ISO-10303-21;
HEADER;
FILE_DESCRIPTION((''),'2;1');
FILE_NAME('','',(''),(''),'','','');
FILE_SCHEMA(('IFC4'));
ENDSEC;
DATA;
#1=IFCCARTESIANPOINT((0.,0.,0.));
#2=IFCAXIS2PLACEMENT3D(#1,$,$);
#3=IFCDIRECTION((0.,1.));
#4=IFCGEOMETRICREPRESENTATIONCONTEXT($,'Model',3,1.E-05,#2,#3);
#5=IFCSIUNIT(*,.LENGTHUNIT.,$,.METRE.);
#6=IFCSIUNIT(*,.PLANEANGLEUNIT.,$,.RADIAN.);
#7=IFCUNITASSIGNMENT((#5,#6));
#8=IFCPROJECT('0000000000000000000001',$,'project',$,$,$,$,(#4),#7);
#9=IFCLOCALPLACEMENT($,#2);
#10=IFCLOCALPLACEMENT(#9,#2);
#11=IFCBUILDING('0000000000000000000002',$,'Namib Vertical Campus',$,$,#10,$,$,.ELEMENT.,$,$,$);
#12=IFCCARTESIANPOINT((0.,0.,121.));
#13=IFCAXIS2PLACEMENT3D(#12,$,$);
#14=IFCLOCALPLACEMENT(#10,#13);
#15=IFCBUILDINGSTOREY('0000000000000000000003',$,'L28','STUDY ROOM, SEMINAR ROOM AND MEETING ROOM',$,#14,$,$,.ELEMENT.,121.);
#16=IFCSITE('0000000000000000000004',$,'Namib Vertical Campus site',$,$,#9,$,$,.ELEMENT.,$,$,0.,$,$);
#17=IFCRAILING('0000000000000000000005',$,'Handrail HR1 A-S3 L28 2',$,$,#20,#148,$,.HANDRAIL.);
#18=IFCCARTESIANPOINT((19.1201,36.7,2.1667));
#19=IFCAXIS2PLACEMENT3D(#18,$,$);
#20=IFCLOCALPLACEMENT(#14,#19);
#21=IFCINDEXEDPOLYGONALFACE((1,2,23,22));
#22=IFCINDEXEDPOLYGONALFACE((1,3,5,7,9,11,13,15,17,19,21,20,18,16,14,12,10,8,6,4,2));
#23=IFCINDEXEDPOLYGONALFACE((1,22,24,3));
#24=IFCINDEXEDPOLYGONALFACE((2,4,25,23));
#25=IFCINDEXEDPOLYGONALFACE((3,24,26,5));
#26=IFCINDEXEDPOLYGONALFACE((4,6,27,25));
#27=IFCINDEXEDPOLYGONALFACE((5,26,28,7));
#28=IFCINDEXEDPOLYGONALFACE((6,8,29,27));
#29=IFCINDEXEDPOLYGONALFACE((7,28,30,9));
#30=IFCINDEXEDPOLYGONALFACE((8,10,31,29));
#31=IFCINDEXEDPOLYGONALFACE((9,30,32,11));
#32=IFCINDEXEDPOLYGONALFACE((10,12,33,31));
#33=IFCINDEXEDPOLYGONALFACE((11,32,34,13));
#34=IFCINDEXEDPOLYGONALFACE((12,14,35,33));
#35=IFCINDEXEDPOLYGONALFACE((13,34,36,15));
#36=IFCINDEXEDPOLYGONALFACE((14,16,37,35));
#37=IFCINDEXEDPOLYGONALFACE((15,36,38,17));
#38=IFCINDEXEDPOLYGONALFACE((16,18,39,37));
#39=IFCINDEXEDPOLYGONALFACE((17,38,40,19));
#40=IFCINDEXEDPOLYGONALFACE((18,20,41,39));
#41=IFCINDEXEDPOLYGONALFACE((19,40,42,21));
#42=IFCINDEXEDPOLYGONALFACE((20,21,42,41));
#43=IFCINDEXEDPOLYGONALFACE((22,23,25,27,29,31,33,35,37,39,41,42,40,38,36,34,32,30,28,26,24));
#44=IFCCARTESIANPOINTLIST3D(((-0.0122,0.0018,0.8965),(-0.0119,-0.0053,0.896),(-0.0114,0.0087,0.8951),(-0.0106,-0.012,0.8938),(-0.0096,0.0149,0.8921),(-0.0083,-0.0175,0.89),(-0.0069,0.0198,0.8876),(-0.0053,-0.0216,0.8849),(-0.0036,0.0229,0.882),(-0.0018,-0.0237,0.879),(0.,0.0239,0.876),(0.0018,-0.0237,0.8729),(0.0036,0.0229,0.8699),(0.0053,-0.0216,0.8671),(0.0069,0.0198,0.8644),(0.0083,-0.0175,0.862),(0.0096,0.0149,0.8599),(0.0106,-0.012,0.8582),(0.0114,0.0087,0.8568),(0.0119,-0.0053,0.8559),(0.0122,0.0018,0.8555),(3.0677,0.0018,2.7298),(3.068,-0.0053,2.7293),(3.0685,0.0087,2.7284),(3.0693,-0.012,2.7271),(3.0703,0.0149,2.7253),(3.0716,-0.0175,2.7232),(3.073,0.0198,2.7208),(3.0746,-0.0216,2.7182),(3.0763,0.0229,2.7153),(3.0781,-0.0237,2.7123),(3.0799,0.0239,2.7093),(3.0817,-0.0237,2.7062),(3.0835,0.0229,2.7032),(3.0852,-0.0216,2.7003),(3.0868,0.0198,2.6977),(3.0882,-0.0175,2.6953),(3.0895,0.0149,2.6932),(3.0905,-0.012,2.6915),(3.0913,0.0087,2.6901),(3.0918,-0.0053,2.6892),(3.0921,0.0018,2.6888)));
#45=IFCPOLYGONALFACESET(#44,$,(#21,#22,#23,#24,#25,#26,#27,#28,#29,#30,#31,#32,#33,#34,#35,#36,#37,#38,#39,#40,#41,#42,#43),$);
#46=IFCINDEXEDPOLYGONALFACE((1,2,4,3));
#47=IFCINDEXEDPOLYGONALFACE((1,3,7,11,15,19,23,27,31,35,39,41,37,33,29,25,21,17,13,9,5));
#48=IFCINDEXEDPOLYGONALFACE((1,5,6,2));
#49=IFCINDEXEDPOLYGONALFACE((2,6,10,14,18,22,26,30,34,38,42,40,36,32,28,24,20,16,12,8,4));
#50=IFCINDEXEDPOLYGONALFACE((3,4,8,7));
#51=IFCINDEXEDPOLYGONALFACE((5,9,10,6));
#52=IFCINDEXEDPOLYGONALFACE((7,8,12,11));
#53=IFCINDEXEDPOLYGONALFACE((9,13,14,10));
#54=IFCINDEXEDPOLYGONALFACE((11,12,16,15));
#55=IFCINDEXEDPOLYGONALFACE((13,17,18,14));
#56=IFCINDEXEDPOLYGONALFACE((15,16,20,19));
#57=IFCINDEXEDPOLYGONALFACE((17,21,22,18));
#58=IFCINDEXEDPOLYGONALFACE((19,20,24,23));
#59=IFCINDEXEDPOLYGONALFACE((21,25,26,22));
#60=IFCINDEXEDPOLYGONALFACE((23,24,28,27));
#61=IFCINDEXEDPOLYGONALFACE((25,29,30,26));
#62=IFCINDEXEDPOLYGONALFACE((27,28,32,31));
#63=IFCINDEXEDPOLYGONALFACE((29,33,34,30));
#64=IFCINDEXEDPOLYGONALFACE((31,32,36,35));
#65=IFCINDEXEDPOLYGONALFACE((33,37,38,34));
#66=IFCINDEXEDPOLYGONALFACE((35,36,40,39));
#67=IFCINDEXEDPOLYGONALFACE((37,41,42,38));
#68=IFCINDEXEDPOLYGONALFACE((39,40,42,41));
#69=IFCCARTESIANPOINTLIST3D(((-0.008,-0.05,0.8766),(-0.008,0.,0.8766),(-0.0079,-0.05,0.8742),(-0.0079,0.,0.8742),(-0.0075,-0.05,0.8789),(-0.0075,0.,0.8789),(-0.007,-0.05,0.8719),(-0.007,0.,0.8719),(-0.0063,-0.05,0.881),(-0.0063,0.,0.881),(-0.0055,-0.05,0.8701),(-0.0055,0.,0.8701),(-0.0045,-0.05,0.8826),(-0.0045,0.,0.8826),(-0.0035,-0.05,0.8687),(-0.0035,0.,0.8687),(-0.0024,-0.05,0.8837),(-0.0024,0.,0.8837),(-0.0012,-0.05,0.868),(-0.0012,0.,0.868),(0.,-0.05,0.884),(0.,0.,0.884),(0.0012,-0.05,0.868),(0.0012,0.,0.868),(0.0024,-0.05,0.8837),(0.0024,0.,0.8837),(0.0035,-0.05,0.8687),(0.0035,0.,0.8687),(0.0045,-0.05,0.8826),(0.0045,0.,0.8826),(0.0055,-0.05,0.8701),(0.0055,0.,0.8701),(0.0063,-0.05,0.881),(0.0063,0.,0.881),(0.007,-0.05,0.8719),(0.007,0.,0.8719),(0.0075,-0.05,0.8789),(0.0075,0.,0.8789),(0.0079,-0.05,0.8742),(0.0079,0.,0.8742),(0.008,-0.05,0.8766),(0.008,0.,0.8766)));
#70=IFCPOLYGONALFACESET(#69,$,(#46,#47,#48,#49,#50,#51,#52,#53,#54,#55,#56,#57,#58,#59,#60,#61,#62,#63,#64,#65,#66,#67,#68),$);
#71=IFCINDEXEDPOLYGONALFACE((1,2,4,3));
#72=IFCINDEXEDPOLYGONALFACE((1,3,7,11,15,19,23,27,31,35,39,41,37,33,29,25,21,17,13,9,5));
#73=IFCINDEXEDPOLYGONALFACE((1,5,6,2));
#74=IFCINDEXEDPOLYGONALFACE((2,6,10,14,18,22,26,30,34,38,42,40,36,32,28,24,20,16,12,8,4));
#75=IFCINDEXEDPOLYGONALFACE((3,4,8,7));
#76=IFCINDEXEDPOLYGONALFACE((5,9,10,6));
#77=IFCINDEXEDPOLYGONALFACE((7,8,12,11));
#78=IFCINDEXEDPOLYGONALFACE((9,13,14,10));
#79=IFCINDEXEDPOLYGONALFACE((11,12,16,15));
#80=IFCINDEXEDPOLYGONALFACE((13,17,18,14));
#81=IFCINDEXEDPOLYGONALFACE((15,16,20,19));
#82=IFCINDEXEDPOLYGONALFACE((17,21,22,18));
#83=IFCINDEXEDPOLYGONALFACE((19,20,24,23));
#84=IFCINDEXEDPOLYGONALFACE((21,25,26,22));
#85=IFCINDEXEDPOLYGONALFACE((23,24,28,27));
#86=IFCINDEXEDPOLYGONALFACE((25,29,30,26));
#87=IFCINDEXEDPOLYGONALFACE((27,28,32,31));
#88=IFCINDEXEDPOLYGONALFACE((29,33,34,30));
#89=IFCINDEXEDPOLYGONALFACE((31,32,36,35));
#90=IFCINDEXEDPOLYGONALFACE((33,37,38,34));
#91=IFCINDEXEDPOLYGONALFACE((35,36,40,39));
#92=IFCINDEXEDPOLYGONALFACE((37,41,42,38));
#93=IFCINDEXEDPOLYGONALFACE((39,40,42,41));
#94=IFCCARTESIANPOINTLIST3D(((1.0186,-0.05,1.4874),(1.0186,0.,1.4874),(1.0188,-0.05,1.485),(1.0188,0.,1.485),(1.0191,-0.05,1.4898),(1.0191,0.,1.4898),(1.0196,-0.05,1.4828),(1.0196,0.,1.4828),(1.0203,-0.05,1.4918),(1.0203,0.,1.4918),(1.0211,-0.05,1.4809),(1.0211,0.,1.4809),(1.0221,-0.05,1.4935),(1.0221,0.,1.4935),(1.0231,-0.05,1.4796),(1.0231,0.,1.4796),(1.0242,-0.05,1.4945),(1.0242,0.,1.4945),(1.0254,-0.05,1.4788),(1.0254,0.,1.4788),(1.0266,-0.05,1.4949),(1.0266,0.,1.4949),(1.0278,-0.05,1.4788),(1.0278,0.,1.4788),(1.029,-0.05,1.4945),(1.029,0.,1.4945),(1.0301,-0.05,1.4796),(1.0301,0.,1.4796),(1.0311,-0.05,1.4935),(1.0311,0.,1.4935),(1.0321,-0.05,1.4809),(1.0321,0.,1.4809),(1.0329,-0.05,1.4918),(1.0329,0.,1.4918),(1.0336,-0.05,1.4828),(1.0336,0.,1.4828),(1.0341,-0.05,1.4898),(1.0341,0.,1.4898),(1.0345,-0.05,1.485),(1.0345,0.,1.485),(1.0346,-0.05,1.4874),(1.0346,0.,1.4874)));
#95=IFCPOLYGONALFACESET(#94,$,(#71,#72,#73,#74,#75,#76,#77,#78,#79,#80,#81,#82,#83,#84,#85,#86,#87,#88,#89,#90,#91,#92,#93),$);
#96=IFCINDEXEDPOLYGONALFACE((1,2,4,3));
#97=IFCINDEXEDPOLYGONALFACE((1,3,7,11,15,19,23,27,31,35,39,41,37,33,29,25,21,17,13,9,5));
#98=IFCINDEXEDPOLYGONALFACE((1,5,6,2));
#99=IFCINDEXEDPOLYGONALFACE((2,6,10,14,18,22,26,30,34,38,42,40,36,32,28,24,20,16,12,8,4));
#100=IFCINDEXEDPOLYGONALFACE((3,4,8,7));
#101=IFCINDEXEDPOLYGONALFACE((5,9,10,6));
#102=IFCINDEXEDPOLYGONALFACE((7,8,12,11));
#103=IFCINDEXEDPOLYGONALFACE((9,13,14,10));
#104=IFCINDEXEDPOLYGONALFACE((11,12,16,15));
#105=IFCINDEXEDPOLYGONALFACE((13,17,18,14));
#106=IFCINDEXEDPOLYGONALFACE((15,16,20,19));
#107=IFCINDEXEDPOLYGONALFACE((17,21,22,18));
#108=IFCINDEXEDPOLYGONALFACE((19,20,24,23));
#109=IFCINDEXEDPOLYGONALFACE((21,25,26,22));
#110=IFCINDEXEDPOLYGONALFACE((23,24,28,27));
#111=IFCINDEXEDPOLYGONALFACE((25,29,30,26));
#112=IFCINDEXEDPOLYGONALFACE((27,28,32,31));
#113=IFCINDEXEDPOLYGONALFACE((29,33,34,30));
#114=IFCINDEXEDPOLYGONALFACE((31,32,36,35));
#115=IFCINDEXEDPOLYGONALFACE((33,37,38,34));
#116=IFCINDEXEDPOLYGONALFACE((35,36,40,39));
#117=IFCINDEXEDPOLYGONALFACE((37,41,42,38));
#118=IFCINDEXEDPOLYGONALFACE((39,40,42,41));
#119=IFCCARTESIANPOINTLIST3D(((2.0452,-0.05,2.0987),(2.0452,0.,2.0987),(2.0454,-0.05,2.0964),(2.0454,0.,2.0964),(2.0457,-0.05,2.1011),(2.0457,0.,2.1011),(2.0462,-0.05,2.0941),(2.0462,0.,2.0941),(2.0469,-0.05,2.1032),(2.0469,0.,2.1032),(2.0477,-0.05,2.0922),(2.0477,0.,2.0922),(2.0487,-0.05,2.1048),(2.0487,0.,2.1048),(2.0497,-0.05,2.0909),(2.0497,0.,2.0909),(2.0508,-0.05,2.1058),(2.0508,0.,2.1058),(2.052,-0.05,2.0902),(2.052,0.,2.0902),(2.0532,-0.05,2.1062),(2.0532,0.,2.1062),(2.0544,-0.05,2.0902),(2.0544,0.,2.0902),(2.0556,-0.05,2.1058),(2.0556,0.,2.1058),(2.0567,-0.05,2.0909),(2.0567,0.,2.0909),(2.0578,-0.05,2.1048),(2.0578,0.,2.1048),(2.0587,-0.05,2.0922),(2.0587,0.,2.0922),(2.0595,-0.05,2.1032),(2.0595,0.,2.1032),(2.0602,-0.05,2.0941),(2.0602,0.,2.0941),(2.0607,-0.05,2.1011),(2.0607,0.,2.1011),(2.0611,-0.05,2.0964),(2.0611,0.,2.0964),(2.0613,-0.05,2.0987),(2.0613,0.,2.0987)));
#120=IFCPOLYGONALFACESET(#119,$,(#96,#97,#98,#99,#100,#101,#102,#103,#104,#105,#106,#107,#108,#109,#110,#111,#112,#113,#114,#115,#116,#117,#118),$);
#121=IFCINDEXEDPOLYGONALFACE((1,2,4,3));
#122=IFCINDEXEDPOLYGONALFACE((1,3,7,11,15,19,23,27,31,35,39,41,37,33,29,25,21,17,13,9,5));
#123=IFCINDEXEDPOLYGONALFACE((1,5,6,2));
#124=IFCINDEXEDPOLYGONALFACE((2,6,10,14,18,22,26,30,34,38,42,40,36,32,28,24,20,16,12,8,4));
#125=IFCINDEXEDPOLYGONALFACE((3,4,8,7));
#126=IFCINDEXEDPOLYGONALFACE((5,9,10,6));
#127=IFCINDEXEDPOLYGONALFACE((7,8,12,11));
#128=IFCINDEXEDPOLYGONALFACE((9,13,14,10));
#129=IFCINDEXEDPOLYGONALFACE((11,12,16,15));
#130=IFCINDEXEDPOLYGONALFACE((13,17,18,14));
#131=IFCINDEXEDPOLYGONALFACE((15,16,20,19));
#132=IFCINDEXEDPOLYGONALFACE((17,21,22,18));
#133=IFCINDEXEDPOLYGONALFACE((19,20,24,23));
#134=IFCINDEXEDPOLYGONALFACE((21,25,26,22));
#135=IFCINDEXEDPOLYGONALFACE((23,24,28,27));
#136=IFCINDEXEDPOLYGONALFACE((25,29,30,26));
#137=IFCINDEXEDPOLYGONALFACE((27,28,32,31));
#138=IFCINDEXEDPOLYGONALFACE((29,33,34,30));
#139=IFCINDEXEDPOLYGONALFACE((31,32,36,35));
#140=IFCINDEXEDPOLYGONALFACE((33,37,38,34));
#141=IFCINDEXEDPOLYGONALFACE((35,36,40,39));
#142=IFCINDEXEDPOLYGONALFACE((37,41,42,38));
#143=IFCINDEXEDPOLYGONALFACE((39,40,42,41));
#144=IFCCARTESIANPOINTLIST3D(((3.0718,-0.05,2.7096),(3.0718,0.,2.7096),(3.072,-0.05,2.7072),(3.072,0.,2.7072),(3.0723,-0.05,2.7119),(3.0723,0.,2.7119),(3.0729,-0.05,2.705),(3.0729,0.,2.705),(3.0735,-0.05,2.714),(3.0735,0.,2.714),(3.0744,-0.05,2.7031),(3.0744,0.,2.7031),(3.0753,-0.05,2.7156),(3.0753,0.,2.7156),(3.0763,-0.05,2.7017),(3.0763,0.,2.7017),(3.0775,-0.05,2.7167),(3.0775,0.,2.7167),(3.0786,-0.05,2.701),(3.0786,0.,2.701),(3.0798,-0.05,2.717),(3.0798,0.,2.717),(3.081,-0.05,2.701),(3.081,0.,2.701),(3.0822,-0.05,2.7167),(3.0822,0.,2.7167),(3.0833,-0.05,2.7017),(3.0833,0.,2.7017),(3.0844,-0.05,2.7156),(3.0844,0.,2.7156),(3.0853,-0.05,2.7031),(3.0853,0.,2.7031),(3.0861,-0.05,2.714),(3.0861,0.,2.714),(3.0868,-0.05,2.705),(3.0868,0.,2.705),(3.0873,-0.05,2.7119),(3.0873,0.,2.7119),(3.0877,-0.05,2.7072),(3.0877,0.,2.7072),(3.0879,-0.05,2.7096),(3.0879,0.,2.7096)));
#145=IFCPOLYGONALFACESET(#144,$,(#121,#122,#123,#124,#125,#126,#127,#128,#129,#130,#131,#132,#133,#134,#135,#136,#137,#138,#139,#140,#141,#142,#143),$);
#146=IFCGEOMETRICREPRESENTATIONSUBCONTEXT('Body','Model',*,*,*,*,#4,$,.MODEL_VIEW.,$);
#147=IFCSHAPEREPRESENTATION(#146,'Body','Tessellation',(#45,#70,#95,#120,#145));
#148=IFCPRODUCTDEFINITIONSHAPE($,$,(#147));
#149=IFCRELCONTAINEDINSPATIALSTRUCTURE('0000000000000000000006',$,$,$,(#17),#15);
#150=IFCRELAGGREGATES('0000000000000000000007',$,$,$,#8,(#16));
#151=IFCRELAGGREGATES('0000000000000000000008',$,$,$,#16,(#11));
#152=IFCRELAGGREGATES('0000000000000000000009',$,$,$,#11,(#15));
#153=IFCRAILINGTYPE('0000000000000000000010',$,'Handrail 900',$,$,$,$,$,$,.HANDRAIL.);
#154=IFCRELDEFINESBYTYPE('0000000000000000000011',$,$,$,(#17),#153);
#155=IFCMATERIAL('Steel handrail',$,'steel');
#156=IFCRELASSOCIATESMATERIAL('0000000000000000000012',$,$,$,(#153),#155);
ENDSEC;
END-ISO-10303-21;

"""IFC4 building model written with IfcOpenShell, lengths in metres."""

from ifc_helpers import new_model, si_unit, direction, frame, origin, origin_2d, place, context, subcontext, project, spatial, circle, extrude, material, type_object, element, save


model = new_model("IFC4")

# Units and contexts
model_context = context("Model", 3, precision=1e-05, world=origin(), true_north=direction((0.0, 1.0)))
body_context = subcontext(model_context, "Body", "Model", "MODEL_VIEW")
ifc_project = project(units=[si_unit("LENGTHUNIT", "METRE"), si_unit("PLANEANGLEUNIT", "RADIAN")], contexts=[model_context])

# Site, building, storey
site_placement = place(None, origin())
site = spatial("IfcSite", under=ifc_project, at=site_placement, Name="Namib Vertical Campus site", CompositionType="ELEMENT", RefElevation=0.0)
building_placement = place(site_placement, origin())
building = spatial("IfcBuilding", under=site, at=building_placement, Name="Namib Vertical Campus", CompositionType="ELEMENT")
storey_placement = place(building_placement, frame((0.0, 0.0, 121.0)))
storey = spatial("IfcBuildingStorey", under=building, at=storey_placement, Name="L28", Description="STUDY ROOM, SEMINAR ROOM AND MEETING ROOM", CompositionType="ELEMENT", Elevation=121.0)

# Railing
ifc_material_1 = material(Name="Steel handrail", Category="steel")
railing_type_1 = type_object("IfcRailingType", Name="Handrail 900", PredefinedType="HANDRAIL", material=ifc_material_1)
railing_1_placement = place(storey_placement, frame((19.1201, 36.7, 2.1667)))
element("IfcRailing", 1, at=railing_1_placement, inside=storey, type_object=railing_type_1, Name="Handrail HR1 A-S3 L28 2", PredefinedType="HANDRAIL", context=body_context, shape_type="SweptSolid", body=[
    extrude(circle(Radius=0.0239, at=origin_2d()), frame((0.0, 0.0, 0.876), z_axis=(0.859291, 0.0, 0.511487), x_axis=(0.0, 1.0, 0.0)), (0.0, 0.0, 1.0), 3.5842),
    extrude(circle(Radius=0.0081, at=origin_2d()), frame((0.0, 0.0, 0.876), z_axis=(0.0, -1.0, 0.0), x_axis=(0.0, 0.0, 1.0)), (0.0, 0.0, 1.0), 0.05),
    extrude(circle(Radius=0.0081, at=origin_2d()), frame((1.0266, 0.0, 1.4868), z_axis=(0.0, -1.0, 0.0), x_axis=(0.0, 0.0, 1.0)), (0.0, 0.0, 1.0), 0.05),
    extrude(circle(Radius=0.0081, at=origin_2d()), frame((2.0532, 0.0, 2.0981), z_axis=(0.0, -1.0, 0.0), x_axis=(0.0, 0.0, 1.0)), (0.0, 0.0, 1.0), 0.05),
    extrude(circle(Radius=0.0081, at=origin_2d()), frame((3.0798, 0.0, 2.709), z_axis=(0.0, -1.0, 0.0), x_axis=(0.0, 0.0, 1.0)), (0.0, 0.0, 1.0), 0.05),
])

save(model, "model.ifc")
